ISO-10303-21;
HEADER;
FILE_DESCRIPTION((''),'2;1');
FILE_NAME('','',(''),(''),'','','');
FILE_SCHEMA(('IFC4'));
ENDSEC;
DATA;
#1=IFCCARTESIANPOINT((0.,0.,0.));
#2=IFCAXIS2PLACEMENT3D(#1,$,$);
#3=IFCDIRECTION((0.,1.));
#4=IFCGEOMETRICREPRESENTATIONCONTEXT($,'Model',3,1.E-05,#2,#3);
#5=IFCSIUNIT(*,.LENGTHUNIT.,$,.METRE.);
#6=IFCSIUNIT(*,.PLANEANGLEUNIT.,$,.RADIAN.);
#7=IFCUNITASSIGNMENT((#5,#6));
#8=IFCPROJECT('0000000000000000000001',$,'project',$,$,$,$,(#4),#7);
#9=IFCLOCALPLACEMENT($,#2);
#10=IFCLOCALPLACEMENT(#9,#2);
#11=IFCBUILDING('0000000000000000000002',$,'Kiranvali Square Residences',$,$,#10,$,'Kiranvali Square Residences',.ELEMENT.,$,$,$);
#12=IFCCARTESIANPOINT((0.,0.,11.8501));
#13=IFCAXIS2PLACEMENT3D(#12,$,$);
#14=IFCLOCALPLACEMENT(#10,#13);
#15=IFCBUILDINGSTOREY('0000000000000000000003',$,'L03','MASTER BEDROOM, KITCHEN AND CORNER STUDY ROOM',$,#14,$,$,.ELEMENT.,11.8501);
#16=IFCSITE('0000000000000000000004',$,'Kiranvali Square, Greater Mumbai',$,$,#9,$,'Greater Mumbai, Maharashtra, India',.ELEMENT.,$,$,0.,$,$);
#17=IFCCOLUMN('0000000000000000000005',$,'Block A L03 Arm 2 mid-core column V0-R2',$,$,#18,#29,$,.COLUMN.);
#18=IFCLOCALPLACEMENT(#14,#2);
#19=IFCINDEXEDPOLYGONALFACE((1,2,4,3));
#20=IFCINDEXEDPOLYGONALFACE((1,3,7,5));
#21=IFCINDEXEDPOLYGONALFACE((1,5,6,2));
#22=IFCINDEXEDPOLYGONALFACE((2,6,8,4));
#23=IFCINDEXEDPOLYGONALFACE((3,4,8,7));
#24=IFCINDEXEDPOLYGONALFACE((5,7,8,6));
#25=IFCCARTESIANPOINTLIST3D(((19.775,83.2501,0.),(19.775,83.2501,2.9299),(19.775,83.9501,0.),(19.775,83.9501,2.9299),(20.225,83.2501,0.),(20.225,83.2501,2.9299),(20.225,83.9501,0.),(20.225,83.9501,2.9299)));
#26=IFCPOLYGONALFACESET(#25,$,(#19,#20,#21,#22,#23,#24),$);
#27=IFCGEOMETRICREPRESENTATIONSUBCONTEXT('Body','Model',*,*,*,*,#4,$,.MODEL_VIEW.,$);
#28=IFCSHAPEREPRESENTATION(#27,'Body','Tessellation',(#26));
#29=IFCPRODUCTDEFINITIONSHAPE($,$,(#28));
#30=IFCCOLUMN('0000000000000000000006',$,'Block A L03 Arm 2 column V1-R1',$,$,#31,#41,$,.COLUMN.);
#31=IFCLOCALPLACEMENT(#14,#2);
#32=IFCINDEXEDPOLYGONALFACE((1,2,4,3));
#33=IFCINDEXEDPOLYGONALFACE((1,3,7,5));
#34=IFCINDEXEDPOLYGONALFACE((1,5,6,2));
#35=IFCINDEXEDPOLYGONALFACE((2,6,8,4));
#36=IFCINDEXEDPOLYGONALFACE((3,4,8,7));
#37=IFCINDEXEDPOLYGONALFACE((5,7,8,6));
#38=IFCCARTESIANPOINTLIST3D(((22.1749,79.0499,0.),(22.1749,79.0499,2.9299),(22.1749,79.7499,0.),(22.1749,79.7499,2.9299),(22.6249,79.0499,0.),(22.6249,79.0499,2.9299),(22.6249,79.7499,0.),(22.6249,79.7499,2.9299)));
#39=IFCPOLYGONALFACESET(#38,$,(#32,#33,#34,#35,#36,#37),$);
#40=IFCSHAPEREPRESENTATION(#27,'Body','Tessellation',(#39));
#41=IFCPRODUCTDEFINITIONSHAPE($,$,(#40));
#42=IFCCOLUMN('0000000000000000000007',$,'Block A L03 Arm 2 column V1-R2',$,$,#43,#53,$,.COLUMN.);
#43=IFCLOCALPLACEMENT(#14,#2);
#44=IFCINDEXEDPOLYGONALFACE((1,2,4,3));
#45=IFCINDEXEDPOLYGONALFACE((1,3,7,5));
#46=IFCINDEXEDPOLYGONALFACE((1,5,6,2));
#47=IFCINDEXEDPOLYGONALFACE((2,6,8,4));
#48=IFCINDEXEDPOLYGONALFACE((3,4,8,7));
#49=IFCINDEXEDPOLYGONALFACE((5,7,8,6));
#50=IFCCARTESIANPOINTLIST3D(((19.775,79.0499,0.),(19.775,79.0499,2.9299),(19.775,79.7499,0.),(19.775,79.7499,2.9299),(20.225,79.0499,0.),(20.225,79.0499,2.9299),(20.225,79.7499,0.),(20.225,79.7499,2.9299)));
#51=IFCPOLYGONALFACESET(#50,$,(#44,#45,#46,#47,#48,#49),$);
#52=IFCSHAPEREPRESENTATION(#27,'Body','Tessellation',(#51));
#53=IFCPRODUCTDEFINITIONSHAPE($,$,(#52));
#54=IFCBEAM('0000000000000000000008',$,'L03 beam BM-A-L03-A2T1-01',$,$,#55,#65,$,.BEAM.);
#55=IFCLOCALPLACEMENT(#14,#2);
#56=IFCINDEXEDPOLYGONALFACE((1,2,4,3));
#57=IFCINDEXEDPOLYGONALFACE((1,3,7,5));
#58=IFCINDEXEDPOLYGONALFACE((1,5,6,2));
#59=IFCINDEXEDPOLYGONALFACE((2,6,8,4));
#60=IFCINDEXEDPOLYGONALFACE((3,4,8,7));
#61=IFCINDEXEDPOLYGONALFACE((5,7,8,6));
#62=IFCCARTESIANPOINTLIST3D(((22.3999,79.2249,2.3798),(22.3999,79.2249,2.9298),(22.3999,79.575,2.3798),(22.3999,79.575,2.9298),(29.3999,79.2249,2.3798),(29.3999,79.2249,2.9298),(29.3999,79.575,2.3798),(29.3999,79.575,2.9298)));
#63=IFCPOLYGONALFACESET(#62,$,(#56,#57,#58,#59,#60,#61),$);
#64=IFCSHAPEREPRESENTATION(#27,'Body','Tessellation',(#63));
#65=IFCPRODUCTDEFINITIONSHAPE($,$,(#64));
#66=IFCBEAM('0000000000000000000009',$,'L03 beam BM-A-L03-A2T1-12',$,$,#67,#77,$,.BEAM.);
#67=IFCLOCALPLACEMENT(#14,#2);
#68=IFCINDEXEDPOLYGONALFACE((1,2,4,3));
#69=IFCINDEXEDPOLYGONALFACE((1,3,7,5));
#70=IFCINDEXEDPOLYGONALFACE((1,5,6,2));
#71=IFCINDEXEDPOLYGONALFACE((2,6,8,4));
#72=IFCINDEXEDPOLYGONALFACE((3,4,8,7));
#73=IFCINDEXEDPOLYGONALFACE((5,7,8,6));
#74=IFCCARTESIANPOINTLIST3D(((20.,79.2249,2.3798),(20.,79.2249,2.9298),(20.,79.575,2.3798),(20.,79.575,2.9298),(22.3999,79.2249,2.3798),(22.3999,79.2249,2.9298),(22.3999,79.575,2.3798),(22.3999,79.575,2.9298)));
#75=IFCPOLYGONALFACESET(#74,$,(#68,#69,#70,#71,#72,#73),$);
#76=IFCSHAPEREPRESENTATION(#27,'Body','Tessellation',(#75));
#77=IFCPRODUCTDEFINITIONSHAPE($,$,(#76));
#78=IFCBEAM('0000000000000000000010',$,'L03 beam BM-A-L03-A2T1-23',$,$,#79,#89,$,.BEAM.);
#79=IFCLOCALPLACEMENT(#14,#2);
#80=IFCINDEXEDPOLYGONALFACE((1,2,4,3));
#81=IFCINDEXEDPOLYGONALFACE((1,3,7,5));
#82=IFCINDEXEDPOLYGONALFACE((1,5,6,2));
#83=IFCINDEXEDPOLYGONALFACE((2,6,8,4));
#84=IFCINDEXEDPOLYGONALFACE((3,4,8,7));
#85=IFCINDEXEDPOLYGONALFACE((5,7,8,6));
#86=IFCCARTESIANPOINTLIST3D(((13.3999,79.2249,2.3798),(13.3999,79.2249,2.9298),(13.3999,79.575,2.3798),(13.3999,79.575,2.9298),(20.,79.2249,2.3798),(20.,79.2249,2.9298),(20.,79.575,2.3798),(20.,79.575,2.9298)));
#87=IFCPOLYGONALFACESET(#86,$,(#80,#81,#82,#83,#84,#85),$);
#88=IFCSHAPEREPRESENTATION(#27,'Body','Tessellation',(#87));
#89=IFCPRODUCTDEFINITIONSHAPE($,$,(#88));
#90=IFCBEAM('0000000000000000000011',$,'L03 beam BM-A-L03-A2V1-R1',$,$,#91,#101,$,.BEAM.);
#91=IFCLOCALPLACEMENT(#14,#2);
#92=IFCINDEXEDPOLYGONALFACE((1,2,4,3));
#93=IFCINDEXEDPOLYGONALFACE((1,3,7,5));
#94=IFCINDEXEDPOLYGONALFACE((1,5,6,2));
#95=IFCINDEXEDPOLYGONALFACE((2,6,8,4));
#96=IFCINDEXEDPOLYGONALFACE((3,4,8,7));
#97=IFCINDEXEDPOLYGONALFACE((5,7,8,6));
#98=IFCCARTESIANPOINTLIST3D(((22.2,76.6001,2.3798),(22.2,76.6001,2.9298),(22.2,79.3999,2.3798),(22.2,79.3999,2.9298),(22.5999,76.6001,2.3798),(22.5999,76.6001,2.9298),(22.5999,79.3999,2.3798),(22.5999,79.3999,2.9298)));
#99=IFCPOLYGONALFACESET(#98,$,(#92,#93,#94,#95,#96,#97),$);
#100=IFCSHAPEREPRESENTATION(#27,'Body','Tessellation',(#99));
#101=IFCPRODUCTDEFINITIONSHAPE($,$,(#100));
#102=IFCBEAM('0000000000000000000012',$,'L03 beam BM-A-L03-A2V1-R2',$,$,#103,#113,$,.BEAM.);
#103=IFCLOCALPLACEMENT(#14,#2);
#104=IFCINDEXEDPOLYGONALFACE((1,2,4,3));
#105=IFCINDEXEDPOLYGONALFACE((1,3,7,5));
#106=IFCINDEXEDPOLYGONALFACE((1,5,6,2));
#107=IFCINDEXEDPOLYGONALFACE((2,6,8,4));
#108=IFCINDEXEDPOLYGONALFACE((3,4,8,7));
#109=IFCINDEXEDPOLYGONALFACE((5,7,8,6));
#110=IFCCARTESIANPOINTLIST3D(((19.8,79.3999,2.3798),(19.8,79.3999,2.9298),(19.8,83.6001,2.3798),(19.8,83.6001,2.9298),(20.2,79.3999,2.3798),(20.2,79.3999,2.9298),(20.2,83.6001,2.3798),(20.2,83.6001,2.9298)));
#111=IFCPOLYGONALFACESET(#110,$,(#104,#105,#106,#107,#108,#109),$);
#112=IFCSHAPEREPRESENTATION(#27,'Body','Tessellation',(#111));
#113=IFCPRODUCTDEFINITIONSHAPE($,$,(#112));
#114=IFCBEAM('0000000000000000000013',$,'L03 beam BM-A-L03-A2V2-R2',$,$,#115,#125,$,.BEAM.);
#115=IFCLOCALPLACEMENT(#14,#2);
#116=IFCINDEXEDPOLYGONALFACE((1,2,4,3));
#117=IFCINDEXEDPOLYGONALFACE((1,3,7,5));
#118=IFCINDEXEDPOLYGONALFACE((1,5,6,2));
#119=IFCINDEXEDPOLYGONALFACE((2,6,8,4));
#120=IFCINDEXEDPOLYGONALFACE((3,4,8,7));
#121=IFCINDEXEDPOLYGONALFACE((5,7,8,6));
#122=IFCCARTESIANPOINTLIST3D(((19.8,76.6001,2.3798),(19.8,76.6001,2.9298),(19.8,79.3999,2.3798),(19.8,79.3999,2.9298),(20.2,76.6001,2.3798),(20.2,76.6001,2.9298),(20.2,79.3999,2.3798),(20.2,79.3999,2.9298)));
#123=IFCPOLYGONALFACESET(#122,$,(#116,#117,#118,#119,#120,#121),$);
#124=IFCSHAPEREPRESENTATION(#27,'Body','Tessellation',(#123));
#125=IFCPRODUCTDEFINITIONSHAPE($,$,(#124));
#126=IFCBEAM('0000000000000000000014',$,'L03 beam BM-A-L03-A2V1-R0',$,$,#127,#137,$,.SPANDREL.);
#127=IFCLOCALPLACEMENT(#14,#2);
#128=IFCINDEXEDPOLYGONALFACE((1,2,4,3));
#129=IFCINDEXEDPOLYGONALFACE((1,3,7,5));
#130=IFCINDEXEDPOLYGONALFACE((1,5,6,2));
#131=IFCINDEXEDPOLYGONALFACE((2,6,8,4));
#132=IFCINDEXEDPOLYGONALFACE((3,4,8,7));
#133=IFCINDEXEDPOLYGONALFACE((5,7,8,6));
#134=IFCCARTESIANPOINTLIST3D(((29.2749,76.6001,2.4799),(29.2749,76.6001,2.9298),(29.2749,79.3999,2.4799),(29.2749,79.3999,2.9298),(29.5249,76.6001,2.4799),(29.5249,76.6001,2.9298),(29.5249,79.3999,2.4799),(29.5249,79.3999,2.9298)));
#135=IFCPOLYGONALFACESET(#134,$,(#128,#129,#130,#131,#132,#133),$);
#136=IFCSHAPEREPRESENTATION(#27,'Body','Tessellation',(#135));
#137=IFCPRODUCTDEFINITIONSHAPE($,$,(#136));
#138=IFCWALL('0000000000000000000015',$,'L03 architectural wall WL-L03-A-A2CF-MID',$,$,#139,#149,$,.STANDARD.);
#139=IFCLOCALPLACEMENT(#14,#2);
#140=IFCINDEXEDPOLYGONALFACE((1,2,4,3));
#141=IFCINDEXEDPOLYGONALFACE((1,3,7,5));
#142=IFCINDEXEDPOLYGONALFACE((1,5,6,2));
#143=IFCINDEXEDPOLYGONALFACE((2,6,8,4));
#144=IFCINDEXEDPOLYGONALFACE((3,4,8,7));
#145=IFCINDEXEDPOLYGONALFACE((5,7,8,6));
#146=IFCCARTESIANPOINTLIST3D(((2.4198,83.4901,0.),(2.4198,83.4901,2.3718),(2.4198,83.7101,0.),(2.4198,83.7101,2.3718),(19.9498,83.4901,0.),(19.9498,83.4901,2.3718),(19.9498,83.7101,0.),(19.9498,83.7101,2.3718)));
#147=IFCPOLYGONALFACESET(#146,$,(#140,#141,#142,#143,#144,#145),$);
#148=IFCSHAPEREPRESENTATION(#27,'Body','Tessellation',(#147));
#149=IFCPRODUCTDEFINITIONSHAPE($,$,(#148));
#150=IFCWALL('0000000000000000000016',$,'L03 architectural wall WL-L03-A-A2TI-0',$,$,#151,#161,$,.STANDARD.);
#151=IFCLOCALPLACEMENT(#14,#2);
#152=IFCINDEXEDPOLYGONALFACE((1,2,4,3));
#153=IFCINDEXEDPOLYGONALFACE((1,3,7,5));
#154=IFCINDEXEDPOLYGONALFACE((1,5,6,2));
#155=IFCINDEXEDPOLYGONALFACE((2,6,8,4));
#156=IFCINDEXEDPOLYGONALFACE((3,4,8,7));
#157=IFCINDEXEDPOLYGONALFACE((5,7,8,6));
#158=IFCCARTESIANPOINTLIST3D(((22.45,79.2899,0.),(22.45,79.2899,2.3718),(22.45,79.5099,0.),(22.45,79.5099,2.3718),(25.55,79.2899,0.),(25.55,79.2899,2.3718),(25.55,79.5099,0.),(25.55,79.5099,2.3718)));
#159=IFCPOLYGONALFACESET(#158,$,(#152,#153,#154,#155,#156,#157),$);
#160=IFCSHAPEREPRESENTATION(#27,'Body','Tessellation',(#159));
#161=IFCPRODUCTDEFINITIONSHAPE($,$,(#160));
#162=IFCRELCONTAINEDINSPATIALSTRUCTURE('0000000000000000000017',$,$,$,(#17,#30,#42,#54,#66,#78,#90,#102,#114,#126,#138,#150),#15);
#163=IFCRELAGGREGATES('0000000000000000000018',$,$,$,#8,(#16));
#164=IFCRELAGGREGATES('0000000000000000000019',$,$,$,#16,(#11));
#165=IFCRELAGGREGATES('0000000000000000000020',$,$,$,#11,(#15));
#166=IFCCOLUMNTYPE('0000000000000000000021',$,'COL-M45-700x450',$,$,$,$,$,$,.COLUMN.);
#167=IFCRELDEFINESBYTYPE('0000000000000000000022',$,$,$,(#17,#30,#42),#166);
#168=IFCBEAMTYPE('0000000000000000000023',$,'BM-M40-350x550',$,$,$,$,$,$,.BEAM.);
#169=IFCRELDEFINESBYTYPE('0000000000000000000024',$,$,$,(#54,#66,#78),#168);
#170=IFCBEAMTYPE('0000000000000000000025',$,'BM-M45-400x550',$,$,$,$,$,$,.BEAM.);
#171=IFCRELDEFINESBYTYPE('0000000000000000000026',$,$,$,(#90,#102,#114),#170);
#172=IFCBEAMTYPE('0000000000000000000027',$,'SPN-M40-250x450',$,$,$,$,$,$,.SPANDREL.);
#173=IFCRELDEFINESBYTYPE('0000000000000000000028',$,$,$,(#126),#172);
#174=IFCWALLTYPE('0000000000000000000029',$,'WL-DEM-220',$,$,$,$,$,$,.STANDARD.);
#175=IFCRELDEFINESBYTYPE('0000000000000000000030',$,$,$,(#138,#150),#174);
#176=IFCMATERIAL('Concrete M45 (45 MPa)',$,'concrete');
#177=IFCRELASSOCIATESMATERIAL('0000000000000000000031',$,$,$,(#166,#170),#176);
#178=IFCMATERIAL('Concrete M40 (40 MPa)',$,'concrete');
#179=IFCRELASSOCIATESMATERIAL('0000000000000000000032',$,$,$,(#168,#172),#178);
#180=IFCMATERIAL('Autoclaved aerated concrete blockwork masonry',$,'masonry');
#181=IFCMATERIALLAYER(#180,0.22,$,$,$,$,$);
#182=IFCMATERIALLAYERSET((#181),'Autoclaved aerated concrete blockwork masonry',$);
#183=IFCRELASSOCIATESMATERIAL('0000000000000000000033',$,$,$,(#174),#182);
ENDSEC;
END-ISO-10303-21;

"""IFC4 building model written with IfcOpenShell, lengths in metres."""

from ifc_helpers import new_model, si_unit, direction, frame, frame_2d, origin, origin_2d, place, context, subcontext, project, spatial, rectangle, extrude, material, layer, layer_set, material_profile, profile_set, type_object, element, save


model = new_model("IFC4")

# Units and contexts
model_context = context("Model", 3, precision=1e-05, world=origin(), true_north=direction((0.0, 1.0)))
body_context = subcontext(model_context, "Body", "Model", "MODEL_VIEW")
ifc_project = project(units=[si_unit("LENGTHUNIT", "METRE"), si_unit("PLANEANGLEUNIT", "RADIAN")], contexts=[model_context])

# Site, building, storey
site_placement = place(None, origin())
site = spatial("IfcSite", under=ifc_project, at=site_placement, Name="Kiranvali Square, Greater Mumbai", LongName="Greater Mumbai, Maharashtra, India", CompositionType="ELEMENT", RefElevation=0.0)
building_placement = place(site_placement, origin())
building = spatial("IfcBuilding", under=site, at=building_placement, Name="Kiranvali Square Residences", LongName="Kiranvali Square Residences", CompositionType="ELEMENT")
storey_placement = place(building_placement, frame((0.0, 0.0, 11.8501)))
storey = spatial("IfcBuildingStorey", under=building, at=storey_placement, Name="L03", Description="MASTER BEDROOM, KITCHEN AND CORNER STUDY ROOM", CompositionType="ELEMENT", Elevation=11.8501)

# Columns
ifc_material_1 = material(Name="Concrete M45 (45 MPa)", Category="concrete")
ifc_material_profile_1 = material_profile(ifc_material_1, rectangle(XDim=0.45, YDim=0.7, at=origin_2d()), Name="RC 700x450")
ifc_profile_set_1 = profile_set([ifc_material_profile_1], Name="Concrete M45 (45 MPa)")
column_type = type_object("IfcColumnType", Name="COL-M45-700x450", PredefinedType="COLUMN", material=ifc_profile_set_1)
for number, where, z_axis, x_axis, name in (
    (1, (20.0, 83.6001, 0.0), (0.0, 0.0, 1.0), (1.0, 0.0, 0.0), "Block A L03 Arm 2 mid-core column V0-R2"),
    (2, (22.3999, 79.3999, 0.0), (0.0, 0.0, 1.0), (1.0, 0.0, 0.0), "Block A L03 Arm 2 column V1-R1"),
    (3, (20.0, 79.3999, 0.0), (0.0, 0.0, 1.0), (1.0, 0.0, 0.0), "Block A L03 Arm 2 column V1-R2"),
):
    element("IfcColumn", number, at=place(storey_placement, frame(where, z_axis=z_axis, x_axis=x_axis)), inside=storey, type_object=column_type, Name=name, PredefinedType="COLUMN", context=body_context, shape_type="SweptSolid", body=[
        extrude(rectangle(XDim=0.45, YDim=0.7, at=origin_2d()), origin(), (0.0, 0.0, 1.0), 2.9299),
    ])

# Beams
ifc_material_2 = material(Name="Concrete M40 (40 MPa)", Category="concrete")
ifc_material_profile_2 = material_profile(ifc_material_2, rectangle(XDim=0.3501, YDim=0.55, at=origin_2d()), Name="RC 350x550")
ifc_profile_set_2 = profile_set([ifc_material_profile_2], Name="Concrete M40 (40 MPa)")
beam_type_1 = type_object("IfcBeamType", Name="BM-M40-350x550", PredefinedType="BEAM", material=ifc_profile_set_2)
beam_1_placement = place(storey_placement, frame((29.3999, 79.3999, 2.6548), z_axis=(-1.0, 0.0, 0.0), x_axis=(0.0, -1.0, 0.0)))
element("IfcBeam", 4, at=beam_1_placement, inside=storey, type_object=beam_type_1, Name="L03 beam BM-A-L03-A2T1-01", PredefinedType="BEAM", context=body_context, shape_type="SweptSolid", body=[
    extrude(rectangle(XDim=0.3501, YDim=0.55, at=origin_2d()), origin(), (0.0, 0.0, 1.0), 7.0),
])
beam_2_placement = place(storey_placement, frame((22.3999, 79.3999, 2.6548), z_axis=(-1.0, 0.0, 0.0), x_axis=(0.0, -1.0, 0.0)))
element("IfcBeam", 5, at=beam_2_placement, inside=storey, type_object=beam_type_1, Name="L03 beam BM-A-L03-A2T1-12", PredefinedType="BEAM", context=body_context, shape_type="SweptSolid", body=[
    extrude(rectangle(XDim=0.3501, YDim=0.55, at=origin_2d()), origin(), (0.0, 0.0, 1.0), 2.3999),
])
beam_3_placement = place(storey_placement, frame((20.0, 79.3999, 2.6548), z_axis=(-1.0, 0.0, 0.0), x_axis=(0.0, -1.0, 0.0)))
element("IfcBeam", 6, at=beam_3_placement, inside=storey, type_object=beam_type_1, Name="L03 beam BM-A-L03-A2T1-23", PredefinedType="BEAM", context=body_context, shape_type="SweptSolid", body=[
    extrude(rectangle(XDim=0.3501, YDim=0.55, at=origin_2d()), origin(), (0.0, 0.0, 1.0), 6.6001),
])
ifc_material_profile_3 = material_profile(ifc_material_1, rectangle(XDim=0.3999, YDim=0.55, at=origin_2d()), Name="RC 400x550")
ifc_profile_set_3 = profile_set([ifc_material_profile_3], Name="Concrete M45 (45 MPa)")
beam_type_2 = type_object("IfcBeamType", Name="BM-M45-400x550", PredefinedType="BEAM", material=ifc_profile_set_3)
beam_4_placement = place(storey_placement, frame((22.3999, 79.3999, 2.6548), z_axis=(0.0, -1.0, 0.0), x_axis=(1.0, 0.0, 0.0)))
element("IfcBeam", 7, at=beam_4_placement, inside=storey, type_object=beam_type_2, Name="L03 beam BM-A-L03-A2V1-R1", PredefinedType="BEAM", context=body_context, shape_type="SweptSolid", body=[
    extrude(rectangle(XDim=0.3999, YDim=0.55, at=origin_2d()), origin(), (0.0, 0.0, 1.0), 2.7998),
])
beam_5_placement = place(storey_placement, frame((20.0, 83.6001, 2.6548), z_axis=(0.0, -1.0, 0.0), x_axis=(1.0, 0.0, 0.0)))
element("IfcBeam", 8, at=beam_5_placement, inside=storey, type_object=beam_type_2, Name="L03 beam BM-A-L03-A2V1-R2", PredefinedType="BEAM", context=body_context, shape_type="SweptSolid", body=[
    extrude(rectangle(XDim=0.3999, YDim=0.55, at=origin_2d()), origin(), (0.0, 0.0, 1.0), 4.2002),
])
beam_6_placement = place(storey_placement, frame((20.0, 79.3999, 2.6548), z_axis=(0.0, -1.0, 0.0), x_axis=(1.0, 0.0, 0.0)))
element("IfcBeam", 9, at=beam_6_placement, inside=storey, type_object=beam_type_2, Name="L03 beam BM-A-L03-A2V2-R2", PredefinedType="BEAM", context=body_context, shape_type="SweptSolid", body=[
    extrude(rectangle(XDim=0.3999, YDim=0.55, at=origin_2d()), origin(), (0.0, 0.0, 1.0), 2.7998),
])
ifc_material_profile_4 = material_profile(ifc_material_2, rectangle(XDim=0.25, YDim=0.45, at=origin_2d()), Name="RC 250x450")
ifc_profile_set_4 = profile_set([ifc_material_profile_4], Name="Concrete M40 (40 MPa)")
beam_type_3 = type_object("IfcBeamType", Name="SPN-M40-250x450", PredefinedType="SPANDREL", material=ifc_profile_set_4)
beam_7_placement = place(storey_placement, frame((29.3999, 79.3999, 2.7048), z_axis=(0.0, -1.0, 0.0), x_axis=(1.0, 0.0, 0.0)))
element("IfcBeam", 10, at=beam_7_placement, inside=storey, type_object=beam_type_3, Name="L03 beam BM-A-L03-A2V1-R0", PredefinedType="SPANDREL", context=body_context, shape_type="SweptSolid", body=[
    extrude(rectangle(XDim=0.25, YDim=0.45, at=origin_2d()), origin(), (0.0, 0.0, 1.0), 2.7998),
])

# Shared definitions
ifc_material_3 = material(Name="Autoclaved aerated concrete blockwork masonry", Category="masonry")

# Walls
ifc_layer_1 = layer(ifc_material_3, 0.22)
ifc_layer_set_1 = layer_set([ifc_layer_1], Name="Autoclaved aerated concrete blockwork masonry")
wall_type_1 = type_object("IfcWallType", Name="WL-DEM-220", PredefinedType="STANDARD", material=ifc_layer_set_1)
wall_1_placement = place(storey_placement, frame((19.95, 83.6001, 0.0), z_axis=(0.0, 0.0, 1.0), x_axis=(-1.0, 0.0, 0.0)))
element("IfcWall", 11, at=wall_1_placement, inside=storey, type_object=wall_type_1, Name="L03 architectural wall WL-L03-A-A2CF-MID", PredefinedType="STANDARD", context=body_context, shape_type="SweptSolid", body=[
    extrude(rectangle(XDim=17.53, YDim=0.22, at=frame_2d((8.7651, 0.0))), origin(), (0.0, 0.0, 1.0), 2.3718),
])
wall_2_placement = place(storey_placement, frame((25.55, 79.3999, 0.0), z_axis=(0.0, 0.0, 1.0), x_axis=(-1.0, 0.0, 0.0)))
element("IfcWall", 12, at=wall_2_placement, inside=storey, type_object=wall_type_1, Name="L03 architectural wall WL-L03-A-A2TI-0", PredefinedType="STANDARD", context=body_context, shape_type="SweptSolid", body=[
    extrude(rectangle(XDim=3.1001, YDim=0.22, at=frame_2d((1.55, 0.0))), origin(), (0.0, 0.0, 1.0), 2.3718),
])

save(model, "model.ifc")
